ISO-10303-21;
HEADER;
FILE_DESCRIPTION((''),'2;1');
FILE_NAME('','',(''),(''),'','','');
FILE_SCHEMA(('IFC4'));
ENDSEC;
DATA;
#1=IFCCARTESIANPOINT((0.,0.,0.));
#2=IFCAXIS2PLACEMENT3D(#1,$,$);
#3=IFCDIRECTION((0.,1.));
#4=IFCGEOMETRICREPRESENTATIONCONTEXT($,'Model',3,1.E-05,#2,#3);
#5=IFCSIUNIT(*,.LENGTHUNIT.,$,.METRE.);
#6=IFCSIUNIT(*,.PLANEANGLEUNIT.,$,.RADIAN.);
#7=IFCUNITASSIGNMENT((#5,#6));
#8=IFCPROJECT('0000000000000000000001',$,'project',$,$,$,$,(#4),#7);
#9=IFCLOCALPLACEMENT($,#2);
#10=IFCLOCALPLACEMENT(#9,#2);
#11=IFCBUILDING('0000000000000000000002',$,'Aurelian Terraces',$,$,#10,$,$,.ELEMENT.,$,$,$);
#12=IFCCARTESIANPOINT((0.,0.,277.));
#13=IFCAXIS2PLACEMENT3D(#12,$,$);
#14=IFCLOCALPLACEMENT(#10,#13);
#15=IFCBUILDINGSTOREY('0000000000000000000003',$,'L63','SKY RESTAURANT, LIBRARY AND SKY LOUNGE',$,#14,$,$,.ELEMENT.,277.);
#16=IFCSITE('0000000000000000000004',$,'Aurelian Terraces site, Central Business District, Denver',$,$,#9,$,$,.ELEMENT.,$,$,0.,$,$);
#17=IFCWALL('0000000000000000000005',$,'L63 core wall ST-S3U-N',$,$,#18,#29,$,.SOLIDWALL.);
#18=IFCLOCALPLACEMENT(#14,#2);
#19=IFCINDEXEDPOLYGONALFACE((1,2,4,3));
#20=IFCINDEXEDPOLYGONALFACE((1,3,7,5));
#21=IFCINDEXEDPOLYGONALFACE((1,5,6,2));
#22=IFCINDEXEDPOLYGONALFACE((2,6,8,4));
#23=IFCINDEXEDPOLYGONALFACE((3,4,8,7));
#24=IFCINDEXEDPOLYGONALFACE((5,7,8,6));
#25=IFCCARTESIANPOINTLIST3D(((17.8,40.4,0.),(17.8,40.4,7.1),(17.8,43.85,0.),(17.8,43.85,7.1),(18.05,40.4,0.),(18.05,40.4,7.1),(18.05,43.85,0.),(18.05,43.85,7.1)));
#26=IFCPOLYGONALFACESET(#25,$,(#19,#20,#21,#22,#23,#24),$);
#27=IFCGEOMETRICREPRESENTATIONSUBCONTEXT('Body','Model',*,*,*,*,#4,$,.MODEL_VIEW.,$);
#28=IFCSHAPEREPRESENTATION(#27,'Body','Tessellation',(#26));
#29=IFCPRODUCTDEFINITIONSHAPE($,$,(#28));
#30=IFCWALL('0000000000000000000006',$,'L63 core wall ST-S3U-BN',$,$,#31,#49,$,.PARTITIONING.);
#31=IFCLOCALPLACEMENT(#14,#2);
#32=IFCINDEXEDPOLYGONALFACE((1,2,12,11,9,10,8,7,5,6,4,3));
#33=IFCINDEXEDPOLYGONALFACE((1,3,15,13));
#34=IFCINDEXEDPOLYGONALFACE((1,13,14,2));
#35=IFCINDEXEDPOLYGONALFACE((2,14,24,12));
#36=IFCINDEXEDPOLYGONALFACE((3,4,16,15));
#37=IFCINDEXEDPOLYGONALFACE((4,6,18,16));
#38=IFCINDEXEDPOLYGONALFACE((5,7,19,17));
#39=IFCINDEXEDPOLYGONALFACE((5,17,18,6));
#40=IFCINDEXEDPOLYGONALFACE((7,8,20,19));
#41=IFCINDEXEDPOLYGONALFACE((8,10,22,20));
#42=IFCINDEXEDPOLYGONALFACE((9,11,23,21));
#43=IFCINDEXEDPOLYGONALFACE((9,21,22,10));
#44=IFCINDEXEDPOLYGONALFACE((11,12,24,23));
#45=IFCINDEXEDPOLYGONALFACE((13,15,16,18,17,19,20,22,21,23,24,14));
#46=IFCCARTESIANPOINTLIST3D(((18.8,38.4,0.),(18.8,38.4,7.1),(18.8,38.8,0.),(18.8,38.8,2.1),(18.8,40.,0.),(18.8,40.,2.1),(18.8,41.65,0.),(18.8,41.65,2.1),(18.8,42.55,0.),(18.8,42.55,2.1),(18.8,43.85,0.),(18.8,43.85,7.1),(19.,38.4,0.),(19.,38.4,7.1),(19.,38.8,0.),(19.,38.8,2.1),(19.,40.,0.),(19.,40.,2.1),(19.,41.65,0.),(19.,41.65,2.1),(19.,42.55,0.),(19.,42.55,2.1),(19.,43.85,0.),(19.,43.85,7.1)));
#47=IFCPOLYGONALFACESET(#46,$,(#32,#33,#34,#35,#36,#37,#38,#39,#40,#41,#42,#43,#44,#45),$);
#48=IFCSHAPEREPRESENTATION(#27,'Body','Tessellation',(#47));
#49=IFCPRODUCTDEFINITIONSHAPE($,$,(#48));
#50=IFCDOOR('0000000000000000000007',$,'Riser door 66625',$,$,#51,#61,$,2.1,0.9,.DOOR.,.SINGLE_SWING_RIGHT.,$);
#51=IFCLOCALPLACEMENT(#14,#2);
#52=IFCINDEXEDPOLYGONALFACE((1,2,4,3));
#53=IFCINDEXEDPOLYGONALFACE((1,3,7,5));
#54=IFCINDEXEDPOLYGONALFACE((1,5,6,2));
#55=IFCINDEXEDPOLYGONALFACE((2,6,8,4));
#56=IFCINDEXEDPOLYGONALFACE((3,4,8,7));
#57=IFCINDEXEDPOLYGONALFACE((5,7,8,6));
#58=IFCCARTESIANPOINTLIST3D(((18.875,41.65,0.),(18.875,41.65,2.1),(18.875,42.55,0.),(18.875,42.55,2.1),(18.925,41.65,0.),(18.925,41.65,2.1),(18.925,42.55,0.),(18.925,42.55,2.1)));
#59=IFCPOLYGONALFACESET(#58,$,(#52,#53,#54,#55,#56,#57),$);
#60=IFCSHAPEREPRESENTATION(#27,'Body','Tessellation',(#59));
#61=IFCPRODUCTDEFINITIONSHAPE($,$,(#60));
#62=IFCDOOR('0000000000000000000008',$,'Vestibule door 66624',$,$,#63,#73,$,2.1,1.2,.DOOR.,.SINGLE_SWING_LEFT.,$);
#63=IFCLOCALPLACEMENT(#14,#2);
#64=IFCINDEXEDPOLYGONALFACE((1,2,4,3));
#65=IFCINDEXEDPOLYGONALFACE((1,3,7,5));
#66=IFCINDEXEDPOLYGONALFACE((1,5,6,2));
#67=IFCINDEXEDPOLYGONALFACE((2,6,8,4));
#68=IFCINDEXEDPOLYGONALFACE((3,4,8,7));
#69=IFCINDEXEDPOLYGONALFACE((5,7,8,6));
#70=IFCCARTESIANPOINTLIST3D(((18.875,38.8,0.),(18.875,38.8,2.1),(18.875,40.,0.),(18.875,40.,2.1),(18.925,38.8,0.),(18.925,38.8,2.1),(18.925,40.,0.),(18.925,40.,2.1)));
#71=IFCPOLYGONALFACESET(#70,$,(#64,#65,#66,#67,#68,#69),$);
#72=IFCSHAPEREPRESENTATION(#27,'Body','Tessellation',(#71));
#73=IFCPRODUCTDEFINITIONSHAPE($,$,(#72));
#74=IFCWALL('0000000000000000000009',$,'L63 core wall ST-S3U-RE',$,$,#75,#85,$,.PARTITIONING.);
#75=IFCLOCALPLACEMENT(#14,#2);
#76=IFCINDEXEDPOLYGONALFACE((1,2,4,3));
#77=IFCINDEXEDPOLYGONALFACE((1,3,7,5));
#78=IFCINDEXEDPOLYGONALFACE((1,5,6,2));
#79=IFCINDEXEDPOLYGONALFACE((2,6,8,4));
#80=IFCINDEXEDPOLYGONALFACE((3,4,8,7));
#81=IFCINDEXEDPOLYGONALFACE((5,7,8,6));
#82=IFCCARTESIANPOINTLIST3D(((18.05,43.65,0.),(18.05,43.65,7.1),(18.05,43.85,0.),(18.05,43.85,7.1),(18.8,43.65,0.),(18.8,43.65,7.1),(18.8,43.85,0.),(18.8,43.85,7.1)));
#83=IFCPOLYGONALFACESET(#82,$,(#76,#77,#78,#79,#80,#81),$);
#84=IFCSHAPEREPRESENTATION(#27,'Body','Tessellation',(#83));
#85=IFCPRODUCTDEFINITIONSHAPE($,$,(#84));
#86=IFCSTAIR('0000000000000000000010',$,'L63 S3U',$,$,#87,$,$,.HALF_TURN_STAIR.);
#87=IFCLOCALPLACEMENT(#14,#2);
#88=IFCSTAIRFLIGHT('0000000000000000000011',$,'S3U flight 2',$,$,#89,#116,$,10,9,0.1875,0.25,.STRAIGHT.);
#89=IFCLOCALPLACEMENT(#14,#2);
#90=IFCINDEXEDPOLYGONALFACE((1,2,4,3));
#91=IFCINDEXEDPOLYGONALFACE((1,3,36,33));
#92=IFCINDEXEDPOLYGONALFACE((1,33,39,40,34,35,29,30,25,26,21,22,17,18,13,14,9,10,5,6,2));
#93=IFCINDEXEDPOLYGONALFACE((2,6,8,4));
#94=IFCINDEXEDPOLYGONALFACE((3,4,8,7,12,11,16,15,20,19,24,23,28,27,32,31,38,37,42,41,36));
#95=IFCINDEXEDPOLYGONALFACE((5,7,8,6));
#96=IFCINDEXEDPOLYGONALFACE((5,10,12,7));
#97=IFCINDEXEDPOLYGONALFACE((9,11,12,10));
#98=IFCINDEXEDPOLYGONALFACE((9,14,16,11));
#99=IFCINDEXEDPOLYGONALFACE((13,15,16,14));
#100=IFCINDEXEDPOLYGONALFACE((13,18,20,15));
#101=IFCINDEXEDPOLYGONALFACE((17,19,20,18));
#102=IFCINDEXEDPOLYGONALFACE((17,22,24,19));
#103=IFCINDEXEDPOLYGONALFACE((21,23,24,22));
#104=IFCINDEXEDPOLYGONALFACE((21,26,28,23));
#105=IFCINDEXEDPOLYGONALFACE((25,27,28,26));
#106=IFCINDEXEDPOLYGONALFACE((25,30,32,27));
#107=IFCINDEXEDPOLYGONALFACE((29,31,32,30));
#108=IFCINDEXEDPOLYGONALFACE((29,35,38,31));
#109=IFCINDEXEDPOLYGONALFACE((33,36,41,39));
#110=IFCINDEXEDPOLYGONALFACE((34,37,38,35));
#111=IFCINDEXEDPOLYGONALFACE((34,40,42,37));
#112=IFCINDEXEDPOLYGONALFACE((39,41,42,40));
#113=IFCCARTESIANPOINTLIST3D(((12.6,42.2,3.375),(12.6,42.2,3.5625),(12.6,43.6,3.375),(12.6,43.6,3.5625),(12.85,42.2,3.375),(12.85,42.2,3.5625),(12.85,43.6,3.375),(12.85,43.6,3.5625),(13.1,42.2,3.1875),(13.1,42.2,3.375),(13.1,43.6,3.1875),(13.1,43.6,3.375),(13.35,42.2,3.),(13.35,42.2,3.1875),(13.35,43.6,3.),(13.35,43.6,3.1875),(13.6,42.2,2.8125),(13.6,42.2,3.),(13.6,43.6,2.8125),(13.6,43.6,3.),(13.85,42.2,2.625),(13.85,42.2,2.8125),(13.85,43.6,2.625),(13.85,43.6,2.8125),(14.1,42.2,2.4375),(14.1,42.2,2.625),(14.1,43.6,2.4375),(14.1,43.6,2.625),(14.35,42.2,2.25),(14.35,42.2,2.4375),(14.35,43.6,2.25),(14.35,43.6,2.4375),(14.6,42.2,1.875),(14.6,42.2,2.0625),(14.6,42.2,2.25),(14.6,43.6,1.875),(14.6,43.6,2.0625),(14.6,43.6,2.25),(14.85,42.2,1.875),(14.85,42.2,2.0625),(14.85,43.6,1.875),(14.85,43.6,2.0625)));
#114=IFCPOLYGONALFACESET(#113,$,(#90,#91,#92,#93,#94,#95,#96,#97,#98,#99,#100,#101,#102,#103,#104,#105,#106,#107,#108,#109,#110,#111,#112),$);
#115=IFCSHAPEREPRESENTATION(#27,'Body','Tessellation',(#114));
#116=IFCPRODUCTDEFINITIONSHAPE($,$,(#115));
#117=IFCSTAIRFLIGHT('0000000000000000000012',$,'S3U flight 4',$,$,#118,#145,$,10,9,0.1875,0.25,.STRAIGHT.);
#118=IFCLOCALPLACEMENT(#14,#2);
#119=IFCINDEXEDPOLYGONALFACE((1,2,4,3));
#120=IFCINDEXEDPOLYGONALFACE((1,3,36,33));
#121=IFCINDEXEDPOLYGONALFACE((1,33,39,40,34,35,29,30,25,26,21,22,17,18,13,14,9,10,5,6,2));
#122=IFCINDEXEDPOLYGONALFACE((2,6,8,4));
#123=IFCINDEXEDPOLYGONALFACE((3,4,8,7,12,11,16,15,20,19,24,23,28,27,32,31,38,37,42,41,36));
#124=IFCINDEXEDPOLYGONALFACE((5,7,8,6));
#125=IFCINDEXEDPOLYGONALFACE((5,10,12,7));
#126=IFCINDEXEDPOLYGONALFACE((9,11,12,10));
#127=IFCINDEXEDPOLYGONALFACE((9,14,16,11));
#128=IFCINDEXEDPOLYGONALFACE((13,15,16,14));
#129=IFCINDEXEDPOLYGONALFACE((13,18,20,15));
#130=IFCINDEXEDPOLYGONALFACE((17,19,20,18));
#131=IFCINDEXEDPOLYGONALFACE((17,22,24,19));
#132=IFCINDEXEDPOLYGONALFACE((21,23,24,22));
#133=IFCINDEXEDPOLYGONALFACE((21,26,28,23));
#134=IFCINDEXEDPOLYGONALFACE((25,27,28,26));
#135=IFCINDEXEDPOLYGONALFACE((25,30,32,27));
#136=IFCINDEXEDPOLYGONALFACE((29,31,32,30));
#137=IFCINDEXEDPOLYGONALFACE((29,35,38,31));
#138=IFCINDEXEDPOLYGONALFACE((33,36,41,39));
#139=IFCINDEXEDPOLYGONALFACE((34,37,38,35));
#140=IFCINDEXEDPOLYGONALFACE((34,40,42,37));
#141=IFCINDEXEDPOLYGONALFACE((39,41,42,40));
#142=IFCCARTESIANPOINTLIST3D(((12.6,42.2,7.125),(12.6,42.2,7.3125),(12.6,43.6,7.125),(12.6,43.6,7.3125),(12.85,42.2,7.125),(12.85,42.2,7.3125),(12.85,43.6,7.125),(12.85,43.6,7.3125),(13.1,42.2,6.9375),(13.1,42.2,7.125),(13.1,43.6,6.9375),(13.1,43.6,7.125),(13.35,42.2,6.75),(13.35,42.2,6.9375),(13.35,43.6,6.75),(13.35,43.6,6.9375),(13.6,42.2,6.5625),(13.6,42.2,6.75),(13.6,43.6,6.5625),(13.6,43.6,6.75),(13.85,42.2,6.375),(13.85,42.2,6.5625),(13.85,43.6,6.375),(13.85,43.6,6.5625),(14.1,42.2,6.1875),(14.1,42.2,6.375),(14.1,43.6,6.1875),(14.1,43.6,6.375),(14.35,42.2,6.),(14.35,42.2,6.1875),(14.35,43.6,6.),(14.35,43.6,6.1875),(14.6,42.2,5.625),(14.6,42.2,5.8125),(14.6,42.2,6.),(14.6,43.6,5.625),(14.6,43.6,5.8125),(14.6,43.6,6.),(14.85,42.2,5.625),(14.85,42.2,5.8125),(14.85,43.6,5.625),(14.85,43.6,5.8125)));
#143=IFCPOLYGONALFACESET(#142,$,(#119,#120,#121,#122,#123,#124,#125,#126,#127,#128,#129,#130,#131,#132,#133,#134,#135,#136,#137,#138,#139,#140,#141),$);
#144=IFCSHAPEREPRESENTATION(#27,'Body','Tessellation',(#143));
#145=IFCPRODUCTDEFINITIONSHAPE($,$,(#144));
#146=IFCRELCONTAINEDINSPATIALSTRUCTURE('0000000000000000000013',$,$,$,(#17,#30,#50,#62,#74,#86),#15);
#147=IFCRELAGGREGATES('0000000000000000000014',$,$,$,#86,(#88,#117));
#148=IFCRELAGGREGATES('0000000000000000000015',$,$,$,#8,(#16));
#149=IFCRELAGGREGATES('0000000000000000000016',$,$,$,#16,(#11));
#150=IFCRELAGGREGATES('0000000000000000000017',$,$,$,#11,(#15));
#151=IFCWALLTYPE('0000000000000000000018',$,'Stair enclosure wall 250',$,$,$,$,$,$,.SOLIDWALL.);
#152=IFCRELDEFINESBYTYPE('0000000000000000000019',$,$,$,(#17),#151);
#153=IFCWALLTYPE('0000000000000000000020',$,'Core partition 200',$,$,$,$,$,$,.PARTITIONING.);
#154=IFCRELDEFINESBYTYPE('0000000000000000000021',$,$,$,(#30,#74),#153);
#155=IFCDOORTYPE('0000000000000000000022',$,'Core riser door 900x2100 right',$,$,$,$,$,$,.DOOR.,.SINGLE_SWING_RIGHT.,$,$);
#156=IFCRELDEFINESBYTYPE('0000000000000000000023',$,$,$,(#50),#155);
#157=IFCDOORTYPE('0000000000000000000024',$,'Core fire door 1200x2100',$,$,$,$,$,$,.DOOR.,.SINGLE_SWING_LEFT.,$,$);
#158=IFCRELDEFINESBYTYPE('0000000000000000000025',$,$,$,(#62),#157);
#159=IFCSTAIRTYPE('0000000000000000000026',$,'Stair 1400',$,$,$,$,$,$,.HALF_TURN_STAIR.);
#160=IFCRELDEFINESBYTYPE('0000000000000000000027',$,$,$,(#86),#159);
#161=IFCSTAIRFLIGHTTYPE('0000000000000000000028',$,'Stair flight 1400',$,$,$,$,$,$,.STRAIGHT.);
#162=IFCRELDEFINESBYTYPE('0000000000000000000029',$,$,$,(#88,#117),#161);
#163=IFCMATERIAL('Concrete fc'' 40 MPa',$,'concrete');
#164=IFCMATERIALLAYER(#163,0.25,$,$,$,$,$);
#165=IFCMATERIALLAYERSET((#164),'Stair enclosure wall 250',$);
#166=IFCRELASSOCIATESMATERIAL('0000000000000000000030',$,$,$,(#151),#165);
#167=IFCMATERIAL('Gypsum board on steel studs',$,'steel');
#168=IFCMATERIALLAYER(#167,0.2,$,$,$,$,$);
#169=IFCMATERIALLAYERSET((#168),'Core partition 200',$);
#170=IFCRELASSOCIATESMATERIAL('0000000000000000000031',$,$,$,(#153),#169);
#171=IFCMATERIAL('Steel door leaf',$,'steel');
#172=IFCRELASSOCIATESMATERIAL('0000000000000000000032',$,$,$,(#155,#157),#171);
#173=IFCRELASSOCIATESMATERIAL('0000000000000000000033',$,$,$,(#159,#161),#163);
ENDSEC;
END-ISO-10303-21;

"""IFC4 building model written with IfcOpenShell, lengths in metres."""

from ifc_helpers import new_model, si_unit, direction, frame, frame_2d, origin, place, context, subcontext, project, spatial, polyline, rectangle, outline, extrude, source, transform, mapped, material, layer, layer_set, type_object, element, fill, aggregate, save


model = new_model("IFC4")

# Units and contexts
model_context = context("Model", 3, precision=1e-05, world=origin(), true_north=direction((0.0, 1.0)))
body_context = subcontext(model_context, "Body", "Model", "MODEL_VIEW")
ifc_project = project(units=[si_unit("LENGTHUNIT", "METRE"), si_unit("PLANEANGLEUNIT", "RADIAN")], contexts=[model_context])

# Site, building, storey
site_placement = place(None, origin())
site = spatial("IfcSite", under=ifc_project, at=site_placement, Name="Aurelian Terraces site, Central Business District, Denver", CompositionType="ELEMENT", RefElevation=0.0)
building_placement = place(site_placement, origin())
building = spatial("IfcBuilding", under=site, at=building_placement, Name="Aurelian Terraces", CompositionType="ELEMENT")
storey_placement = place(building_placement, frame((0.0, 0.0, 277.0)))
storey = spatial("IfcBuildingStorey", under=building, at=storey_placement, Name="L63", Description="SKY RESTAURANT, LIBRARY AND SKY LOUNGE", CompositionType="ELEMENT", Elevation=277.0)

# Wall
ifc_material_1 = material(Name="Concrete fc' 40 MPa", Category="concrete")
ifc_layer_1 = layer(ifc_material_1, 0.25)
ifc_layer_set_1 = layer_set([ifc_layer_1], Name="Stair enclosure wall 250")
wall_type_1 = type_object("IfcWallType", Name="Stair enclosure wall 250", PredefinedType="SOLIDWALL", material=ifc_layer_set_1)
shared_shape_1 = source(origin(), body_context, "Body", "SweptSolid", [
    extrude(rectangle(XDim=3.45, YDim=0.25, at=frame_2d((1.725, 0.0))), origin(), (0.0, 0.0, 1.0), 7.1),
])
wall_1_placement = place(storey_placement, frame((17.925, 40.4, 0.0), z_axis=(0.0, 0.0, 1.0), x_axis=(0.0, 1.0, 0.0)))
element("IfcWall", 1, at=wall_1_placement, inside=storey, type_object=wall_type_1, Name="L63 core wall ST-S3U-N", PredefinedType="SOLIDWALL", context=body_context, shape_type="MappedRepresentation", body=[
    mapped(shared_shape_1, transform((0.0, 0.0, 0.0), scale=1.0)),
])

# Wall, openings, doors
ifc_material_2 = material(Name="Gypsum board on steel studs", Category="steel")
ifc_layer_2 = layer(ifc_material_2, 0.2)
ifc_layer_set_2 = layer_set([ifc_layer_2], Name="Core partition 200")
wall_type_2 = type_object("IfcWallType", Name="Core partition 200", PredefinedType="PARTITIONING", material=ifc_layer_set_2)
shared_shape_2 = source(origin(), body_context, "Body", "SweptSolid", [
    extrude(rectangle(XDim=5.45, YDim=0.2, at=frame_2d((2.725, 0.0))), origin(), (0.0, 0.0, 1.0), 7.1),
])
wall_2_placement = place(storey_placement, frame((18.9, 38.4, 0.0), z_axis=(0.0, 0.0, 1.0), x_axis=(0.0, 1.0, 0.0)))
wall_2 = element("IfcWall", 2, at=wall_2_placement, inside=storey, type_object=wall_type_2, Name="L63 core wall ST-S3U-BN", PredefinedType="PARTITIONING", context=body_context, shape_type="MappedRepresentation", body=[
    mapped(shared_shape_2, transform((0.0, 0.0, 0.0), scale=1.0)),
])
shared_shape_3 = source(origin(), body_context, "Body", "SweptSolid", [
    extrude(rectangle(XDim=1.2, YDim=2.1, at=frame_2d((0.6, 1.05))), frame((0.0, 0.11, 0.0), z_axis=(0.0, -1.0, 0.0), x_axis=(1.0, 0.0, 0.0)), (0.0, 0.0, 1.0), 0.22),
])
opening_1_placement = place(wall_2_placement, frame((0.4, 0.0, 0.0)))
opening_1 = element("IfcOpeningElement", 3, at=opening_1_placement, cuts=wall_2, PredefinedType="OPENING", context=body_context, shape_type="MappedRepresentation", body=[
    mapped(shared_shape_3, transform((0.0, 0.0, 0.0), scale=1.0)),
])
shared_shape_4 = source(origin(), body_context, "Body", "SweptSolid", [
    extrude(rectangle(XDim=0.9, YDim=2.1, at=frame_2d((0.45, 1.05))), frame((0.0, 0.11, 0.0), z_axis=(0.0, -1.0, 0.0), x_axis=(1.0, 0.0, 0.0)), (0.0, 0.0, 1.0), 0.22),
])
opening_2_placement = place(wall_2_placement, frame((3.25, 0.0, 0.0)))
opening_2 = element("IfcOpeningElement", 4, at=opening_2_placement, cuts=wall_2, PredefinedType="OPENING", context=body_context, shape_type="MappedRepresentation", body=[
    mapped(shared_shape_4, transform((0.0, 0.0, 0.0), scale=1.0)),
])
ifc_material_3 = material(Name="Steel door leaf", Category="steel")
door_type_1 = type_object("IfcDoorType", Name="Core riser door 900x2100 right", OperationType="SINGLE_SWING_RIGHT", PredefinedType="DOOR", material=ifc_material_3)
shared_shape_5 = source(origin(), body_context, "Body", "SweptSolid", [
    extrude(rectangle(XDim=0.9, YDim=2.1, at=frame_2d((0.45, 1.05))), frame((0.0, 0.025, 0.0), z_axis=(0.0, -1.0, 0.0), x_axis=(1.0, 0.0, 0.0)), (0.0, 0.0, 1.0), 0.05),
])
door_1_placement = place(opening_2_placement, origin())
door_1 = element("IfcDoor", 5, at=door_1_placement, inside=storey, type_object=door_type_1, Name="Riser door 66625", OperationType="SINGLE_SWING_RIGHT", OverallHeight=2.1, OverallWidth=0.9, PredefinedType="DOOR", context=body_context, shape_type="MappedRepresentation", body=[
    mapped(shared_shape_5, transform((0.0, 0.0, 0.0), scale=1.0)),
])
fill(opening_2, door_1)
door_type_2 = type_object("IfcDoorType", Name="Core fire door 1200x2100", OperationType="SINGLE_SWING_LEFT", PredefinedType="DOOR", material=ifc_material_3)
shared_shape_6 = source(origin(), body_context, "Body", "SweptSolid", [
    extrude(rectangle(XDim=1.2, YDim=2.1, at=frame_2d((0.6, 1.05))), frame((0.0, 0.025, 0.0), z_axis=(0.0, -1.0, 0.0), x_axis=(1.0, 0.0, 0.0)), (0.0, 0.0, 1.0), 0.05),
])
door_2_placement = place(opening_1_placement, origin())
door_2 = element("IfcDoor", 6, at=door_2_placement, inside=storey, type_object=door_type_2, Name="Vestibule door 66624", OperationType="SINGLE_SWING_LEFT", OverallHeight=2.1, OverallWidth=1.2, PredefinedType="DOOR", context=body_context, shape_type="MappedRepresentation", body=[
    mapped(shared_shape_6, transform((0.0, 0.0, 0.0), scale=1.0)),
])
fill(opening_1, door_2)

# Wall
shared_shape_7 = source(origin(), body_context, "Body", "SweptSolid", [
    extrude(rectangle(XDim=0.75, YDim=0.2, at=frame_2d((0.375, 0.0))), origin(), (0.0, 0.0, 1.0), 7.1),
])
wall_3_placement = place(storey_placement, frame((18.05, 43.75, 0.0), z_axis=(0.0, 0.0, 1.0), x_axis=(1.0, 0.0, 0.0)))
element("IfcWall", 7, at=wall_3_placement, inside=storey, type_object=wall_type_2, Name="L63 core wall ST-S3U-RE", PredefinedType="PARTITIONING", context=body_context, shape_type="MappedRepresentation", body=[
    mapped(shared_shape_7, transform((0.0, 0.0, 0.0), scale=1.0)),
])

# Stair, stair flights
stair_type = type_object("IfcStairType", Name="Stair 1400", PredefinedType="HALF_TURN_STAIR", material=ifc_material_1)
stair_placement = place(storey_placement, origin())
stair = element("IfcStair", 8, at=stair_placement, inside=storey, type_object=stair_type, Name="L63 S3U", PredefinedType="HALF_TURN_STAIR")
stair_flight_type = type_object("IfcStairFlightType", Name="Stair flight 1400", PredefinedType="STRAIGHT", material=ifc_material_1)
shared_shape_8 = source(origin(), body_context, "Body", "SweptSolid", [
    extrude(outline(polyline([(0.0, 0.0), (0.0, 0.1875), (0.25, 0.1875), (0.25, 0.375), (0.5, 0.375), (0.5, 0.5625), (0.75, 0.5625), (0.75, 0.75), (1.0, 0.75), (1.0, 0.9375), (1.25, 0.9375), (1.25, 1.125), (1.5, 1.125), (1.5, 1.3125), (1.75, 1.3125), (1.75, 1.5), (2.0, 1.5), (2.0, 1.6875), (2.25, 1.6875), (2.25, 1.875), (2.25, 1.5), (0.25, 0.0), (0.0, 0.0)])), frame((0.0, 0.7, 0.0), z_axis=(0.0, -1.0, 0.0), x_axis=(1.0, 0.0, 0.0)), (0.0, 0.0, 1.0), 1.4),
])
stair_flight_1_placement = place(storey_placement, frame((14.85, 42.9, 1.875), z_axis=(0.0, 0.0, 1.0), x_axis=(-1.0, 0.0, 0.0)))
stair_flight_1 = element("IfcStairFlight", 9, at=stair_flight_1_placement, type_object=stair_flight_type, Name="S3U flight 2", NumberOfRisers=10, NumberOfTreads=9, PredefinedType="STRAIGHT", RiserHeight=0.1875, TreadLength=0.25, context=body_context, shape_type="MappedRepresentation", body=[
    mapped(shared_shape_8, transform((0.0, 0.0, 0.0), scale=1.0)),
])
stair_flight_2_placement = place(storey_placement, frame((14.85, 42.9, 5.625), z_axis=(0.0, 0.0, 1.0), x_axis=(-1.0, 0.0, 0.0)))
stair_flight_2 = element("IfcStairFlight", 10, at=stair_flight_2_placement, type_object=stair_flight_type, Name="S3U flight 4", NumberOfRisers=10, NumberOfTreads=9, PredefinedType="STRAIGHT", RiserHeight=0.1875, TreadLength=0.25, context=body_context, shape_type="MappedRepresentation", body=[
    mapped(shared_shape_8, transform((0.0, 0.0, 0.0), scale=1.0)),
])
aggregate(stair, [stair_flight_1, stair_flight_2])

save(model, "model.ifc")
